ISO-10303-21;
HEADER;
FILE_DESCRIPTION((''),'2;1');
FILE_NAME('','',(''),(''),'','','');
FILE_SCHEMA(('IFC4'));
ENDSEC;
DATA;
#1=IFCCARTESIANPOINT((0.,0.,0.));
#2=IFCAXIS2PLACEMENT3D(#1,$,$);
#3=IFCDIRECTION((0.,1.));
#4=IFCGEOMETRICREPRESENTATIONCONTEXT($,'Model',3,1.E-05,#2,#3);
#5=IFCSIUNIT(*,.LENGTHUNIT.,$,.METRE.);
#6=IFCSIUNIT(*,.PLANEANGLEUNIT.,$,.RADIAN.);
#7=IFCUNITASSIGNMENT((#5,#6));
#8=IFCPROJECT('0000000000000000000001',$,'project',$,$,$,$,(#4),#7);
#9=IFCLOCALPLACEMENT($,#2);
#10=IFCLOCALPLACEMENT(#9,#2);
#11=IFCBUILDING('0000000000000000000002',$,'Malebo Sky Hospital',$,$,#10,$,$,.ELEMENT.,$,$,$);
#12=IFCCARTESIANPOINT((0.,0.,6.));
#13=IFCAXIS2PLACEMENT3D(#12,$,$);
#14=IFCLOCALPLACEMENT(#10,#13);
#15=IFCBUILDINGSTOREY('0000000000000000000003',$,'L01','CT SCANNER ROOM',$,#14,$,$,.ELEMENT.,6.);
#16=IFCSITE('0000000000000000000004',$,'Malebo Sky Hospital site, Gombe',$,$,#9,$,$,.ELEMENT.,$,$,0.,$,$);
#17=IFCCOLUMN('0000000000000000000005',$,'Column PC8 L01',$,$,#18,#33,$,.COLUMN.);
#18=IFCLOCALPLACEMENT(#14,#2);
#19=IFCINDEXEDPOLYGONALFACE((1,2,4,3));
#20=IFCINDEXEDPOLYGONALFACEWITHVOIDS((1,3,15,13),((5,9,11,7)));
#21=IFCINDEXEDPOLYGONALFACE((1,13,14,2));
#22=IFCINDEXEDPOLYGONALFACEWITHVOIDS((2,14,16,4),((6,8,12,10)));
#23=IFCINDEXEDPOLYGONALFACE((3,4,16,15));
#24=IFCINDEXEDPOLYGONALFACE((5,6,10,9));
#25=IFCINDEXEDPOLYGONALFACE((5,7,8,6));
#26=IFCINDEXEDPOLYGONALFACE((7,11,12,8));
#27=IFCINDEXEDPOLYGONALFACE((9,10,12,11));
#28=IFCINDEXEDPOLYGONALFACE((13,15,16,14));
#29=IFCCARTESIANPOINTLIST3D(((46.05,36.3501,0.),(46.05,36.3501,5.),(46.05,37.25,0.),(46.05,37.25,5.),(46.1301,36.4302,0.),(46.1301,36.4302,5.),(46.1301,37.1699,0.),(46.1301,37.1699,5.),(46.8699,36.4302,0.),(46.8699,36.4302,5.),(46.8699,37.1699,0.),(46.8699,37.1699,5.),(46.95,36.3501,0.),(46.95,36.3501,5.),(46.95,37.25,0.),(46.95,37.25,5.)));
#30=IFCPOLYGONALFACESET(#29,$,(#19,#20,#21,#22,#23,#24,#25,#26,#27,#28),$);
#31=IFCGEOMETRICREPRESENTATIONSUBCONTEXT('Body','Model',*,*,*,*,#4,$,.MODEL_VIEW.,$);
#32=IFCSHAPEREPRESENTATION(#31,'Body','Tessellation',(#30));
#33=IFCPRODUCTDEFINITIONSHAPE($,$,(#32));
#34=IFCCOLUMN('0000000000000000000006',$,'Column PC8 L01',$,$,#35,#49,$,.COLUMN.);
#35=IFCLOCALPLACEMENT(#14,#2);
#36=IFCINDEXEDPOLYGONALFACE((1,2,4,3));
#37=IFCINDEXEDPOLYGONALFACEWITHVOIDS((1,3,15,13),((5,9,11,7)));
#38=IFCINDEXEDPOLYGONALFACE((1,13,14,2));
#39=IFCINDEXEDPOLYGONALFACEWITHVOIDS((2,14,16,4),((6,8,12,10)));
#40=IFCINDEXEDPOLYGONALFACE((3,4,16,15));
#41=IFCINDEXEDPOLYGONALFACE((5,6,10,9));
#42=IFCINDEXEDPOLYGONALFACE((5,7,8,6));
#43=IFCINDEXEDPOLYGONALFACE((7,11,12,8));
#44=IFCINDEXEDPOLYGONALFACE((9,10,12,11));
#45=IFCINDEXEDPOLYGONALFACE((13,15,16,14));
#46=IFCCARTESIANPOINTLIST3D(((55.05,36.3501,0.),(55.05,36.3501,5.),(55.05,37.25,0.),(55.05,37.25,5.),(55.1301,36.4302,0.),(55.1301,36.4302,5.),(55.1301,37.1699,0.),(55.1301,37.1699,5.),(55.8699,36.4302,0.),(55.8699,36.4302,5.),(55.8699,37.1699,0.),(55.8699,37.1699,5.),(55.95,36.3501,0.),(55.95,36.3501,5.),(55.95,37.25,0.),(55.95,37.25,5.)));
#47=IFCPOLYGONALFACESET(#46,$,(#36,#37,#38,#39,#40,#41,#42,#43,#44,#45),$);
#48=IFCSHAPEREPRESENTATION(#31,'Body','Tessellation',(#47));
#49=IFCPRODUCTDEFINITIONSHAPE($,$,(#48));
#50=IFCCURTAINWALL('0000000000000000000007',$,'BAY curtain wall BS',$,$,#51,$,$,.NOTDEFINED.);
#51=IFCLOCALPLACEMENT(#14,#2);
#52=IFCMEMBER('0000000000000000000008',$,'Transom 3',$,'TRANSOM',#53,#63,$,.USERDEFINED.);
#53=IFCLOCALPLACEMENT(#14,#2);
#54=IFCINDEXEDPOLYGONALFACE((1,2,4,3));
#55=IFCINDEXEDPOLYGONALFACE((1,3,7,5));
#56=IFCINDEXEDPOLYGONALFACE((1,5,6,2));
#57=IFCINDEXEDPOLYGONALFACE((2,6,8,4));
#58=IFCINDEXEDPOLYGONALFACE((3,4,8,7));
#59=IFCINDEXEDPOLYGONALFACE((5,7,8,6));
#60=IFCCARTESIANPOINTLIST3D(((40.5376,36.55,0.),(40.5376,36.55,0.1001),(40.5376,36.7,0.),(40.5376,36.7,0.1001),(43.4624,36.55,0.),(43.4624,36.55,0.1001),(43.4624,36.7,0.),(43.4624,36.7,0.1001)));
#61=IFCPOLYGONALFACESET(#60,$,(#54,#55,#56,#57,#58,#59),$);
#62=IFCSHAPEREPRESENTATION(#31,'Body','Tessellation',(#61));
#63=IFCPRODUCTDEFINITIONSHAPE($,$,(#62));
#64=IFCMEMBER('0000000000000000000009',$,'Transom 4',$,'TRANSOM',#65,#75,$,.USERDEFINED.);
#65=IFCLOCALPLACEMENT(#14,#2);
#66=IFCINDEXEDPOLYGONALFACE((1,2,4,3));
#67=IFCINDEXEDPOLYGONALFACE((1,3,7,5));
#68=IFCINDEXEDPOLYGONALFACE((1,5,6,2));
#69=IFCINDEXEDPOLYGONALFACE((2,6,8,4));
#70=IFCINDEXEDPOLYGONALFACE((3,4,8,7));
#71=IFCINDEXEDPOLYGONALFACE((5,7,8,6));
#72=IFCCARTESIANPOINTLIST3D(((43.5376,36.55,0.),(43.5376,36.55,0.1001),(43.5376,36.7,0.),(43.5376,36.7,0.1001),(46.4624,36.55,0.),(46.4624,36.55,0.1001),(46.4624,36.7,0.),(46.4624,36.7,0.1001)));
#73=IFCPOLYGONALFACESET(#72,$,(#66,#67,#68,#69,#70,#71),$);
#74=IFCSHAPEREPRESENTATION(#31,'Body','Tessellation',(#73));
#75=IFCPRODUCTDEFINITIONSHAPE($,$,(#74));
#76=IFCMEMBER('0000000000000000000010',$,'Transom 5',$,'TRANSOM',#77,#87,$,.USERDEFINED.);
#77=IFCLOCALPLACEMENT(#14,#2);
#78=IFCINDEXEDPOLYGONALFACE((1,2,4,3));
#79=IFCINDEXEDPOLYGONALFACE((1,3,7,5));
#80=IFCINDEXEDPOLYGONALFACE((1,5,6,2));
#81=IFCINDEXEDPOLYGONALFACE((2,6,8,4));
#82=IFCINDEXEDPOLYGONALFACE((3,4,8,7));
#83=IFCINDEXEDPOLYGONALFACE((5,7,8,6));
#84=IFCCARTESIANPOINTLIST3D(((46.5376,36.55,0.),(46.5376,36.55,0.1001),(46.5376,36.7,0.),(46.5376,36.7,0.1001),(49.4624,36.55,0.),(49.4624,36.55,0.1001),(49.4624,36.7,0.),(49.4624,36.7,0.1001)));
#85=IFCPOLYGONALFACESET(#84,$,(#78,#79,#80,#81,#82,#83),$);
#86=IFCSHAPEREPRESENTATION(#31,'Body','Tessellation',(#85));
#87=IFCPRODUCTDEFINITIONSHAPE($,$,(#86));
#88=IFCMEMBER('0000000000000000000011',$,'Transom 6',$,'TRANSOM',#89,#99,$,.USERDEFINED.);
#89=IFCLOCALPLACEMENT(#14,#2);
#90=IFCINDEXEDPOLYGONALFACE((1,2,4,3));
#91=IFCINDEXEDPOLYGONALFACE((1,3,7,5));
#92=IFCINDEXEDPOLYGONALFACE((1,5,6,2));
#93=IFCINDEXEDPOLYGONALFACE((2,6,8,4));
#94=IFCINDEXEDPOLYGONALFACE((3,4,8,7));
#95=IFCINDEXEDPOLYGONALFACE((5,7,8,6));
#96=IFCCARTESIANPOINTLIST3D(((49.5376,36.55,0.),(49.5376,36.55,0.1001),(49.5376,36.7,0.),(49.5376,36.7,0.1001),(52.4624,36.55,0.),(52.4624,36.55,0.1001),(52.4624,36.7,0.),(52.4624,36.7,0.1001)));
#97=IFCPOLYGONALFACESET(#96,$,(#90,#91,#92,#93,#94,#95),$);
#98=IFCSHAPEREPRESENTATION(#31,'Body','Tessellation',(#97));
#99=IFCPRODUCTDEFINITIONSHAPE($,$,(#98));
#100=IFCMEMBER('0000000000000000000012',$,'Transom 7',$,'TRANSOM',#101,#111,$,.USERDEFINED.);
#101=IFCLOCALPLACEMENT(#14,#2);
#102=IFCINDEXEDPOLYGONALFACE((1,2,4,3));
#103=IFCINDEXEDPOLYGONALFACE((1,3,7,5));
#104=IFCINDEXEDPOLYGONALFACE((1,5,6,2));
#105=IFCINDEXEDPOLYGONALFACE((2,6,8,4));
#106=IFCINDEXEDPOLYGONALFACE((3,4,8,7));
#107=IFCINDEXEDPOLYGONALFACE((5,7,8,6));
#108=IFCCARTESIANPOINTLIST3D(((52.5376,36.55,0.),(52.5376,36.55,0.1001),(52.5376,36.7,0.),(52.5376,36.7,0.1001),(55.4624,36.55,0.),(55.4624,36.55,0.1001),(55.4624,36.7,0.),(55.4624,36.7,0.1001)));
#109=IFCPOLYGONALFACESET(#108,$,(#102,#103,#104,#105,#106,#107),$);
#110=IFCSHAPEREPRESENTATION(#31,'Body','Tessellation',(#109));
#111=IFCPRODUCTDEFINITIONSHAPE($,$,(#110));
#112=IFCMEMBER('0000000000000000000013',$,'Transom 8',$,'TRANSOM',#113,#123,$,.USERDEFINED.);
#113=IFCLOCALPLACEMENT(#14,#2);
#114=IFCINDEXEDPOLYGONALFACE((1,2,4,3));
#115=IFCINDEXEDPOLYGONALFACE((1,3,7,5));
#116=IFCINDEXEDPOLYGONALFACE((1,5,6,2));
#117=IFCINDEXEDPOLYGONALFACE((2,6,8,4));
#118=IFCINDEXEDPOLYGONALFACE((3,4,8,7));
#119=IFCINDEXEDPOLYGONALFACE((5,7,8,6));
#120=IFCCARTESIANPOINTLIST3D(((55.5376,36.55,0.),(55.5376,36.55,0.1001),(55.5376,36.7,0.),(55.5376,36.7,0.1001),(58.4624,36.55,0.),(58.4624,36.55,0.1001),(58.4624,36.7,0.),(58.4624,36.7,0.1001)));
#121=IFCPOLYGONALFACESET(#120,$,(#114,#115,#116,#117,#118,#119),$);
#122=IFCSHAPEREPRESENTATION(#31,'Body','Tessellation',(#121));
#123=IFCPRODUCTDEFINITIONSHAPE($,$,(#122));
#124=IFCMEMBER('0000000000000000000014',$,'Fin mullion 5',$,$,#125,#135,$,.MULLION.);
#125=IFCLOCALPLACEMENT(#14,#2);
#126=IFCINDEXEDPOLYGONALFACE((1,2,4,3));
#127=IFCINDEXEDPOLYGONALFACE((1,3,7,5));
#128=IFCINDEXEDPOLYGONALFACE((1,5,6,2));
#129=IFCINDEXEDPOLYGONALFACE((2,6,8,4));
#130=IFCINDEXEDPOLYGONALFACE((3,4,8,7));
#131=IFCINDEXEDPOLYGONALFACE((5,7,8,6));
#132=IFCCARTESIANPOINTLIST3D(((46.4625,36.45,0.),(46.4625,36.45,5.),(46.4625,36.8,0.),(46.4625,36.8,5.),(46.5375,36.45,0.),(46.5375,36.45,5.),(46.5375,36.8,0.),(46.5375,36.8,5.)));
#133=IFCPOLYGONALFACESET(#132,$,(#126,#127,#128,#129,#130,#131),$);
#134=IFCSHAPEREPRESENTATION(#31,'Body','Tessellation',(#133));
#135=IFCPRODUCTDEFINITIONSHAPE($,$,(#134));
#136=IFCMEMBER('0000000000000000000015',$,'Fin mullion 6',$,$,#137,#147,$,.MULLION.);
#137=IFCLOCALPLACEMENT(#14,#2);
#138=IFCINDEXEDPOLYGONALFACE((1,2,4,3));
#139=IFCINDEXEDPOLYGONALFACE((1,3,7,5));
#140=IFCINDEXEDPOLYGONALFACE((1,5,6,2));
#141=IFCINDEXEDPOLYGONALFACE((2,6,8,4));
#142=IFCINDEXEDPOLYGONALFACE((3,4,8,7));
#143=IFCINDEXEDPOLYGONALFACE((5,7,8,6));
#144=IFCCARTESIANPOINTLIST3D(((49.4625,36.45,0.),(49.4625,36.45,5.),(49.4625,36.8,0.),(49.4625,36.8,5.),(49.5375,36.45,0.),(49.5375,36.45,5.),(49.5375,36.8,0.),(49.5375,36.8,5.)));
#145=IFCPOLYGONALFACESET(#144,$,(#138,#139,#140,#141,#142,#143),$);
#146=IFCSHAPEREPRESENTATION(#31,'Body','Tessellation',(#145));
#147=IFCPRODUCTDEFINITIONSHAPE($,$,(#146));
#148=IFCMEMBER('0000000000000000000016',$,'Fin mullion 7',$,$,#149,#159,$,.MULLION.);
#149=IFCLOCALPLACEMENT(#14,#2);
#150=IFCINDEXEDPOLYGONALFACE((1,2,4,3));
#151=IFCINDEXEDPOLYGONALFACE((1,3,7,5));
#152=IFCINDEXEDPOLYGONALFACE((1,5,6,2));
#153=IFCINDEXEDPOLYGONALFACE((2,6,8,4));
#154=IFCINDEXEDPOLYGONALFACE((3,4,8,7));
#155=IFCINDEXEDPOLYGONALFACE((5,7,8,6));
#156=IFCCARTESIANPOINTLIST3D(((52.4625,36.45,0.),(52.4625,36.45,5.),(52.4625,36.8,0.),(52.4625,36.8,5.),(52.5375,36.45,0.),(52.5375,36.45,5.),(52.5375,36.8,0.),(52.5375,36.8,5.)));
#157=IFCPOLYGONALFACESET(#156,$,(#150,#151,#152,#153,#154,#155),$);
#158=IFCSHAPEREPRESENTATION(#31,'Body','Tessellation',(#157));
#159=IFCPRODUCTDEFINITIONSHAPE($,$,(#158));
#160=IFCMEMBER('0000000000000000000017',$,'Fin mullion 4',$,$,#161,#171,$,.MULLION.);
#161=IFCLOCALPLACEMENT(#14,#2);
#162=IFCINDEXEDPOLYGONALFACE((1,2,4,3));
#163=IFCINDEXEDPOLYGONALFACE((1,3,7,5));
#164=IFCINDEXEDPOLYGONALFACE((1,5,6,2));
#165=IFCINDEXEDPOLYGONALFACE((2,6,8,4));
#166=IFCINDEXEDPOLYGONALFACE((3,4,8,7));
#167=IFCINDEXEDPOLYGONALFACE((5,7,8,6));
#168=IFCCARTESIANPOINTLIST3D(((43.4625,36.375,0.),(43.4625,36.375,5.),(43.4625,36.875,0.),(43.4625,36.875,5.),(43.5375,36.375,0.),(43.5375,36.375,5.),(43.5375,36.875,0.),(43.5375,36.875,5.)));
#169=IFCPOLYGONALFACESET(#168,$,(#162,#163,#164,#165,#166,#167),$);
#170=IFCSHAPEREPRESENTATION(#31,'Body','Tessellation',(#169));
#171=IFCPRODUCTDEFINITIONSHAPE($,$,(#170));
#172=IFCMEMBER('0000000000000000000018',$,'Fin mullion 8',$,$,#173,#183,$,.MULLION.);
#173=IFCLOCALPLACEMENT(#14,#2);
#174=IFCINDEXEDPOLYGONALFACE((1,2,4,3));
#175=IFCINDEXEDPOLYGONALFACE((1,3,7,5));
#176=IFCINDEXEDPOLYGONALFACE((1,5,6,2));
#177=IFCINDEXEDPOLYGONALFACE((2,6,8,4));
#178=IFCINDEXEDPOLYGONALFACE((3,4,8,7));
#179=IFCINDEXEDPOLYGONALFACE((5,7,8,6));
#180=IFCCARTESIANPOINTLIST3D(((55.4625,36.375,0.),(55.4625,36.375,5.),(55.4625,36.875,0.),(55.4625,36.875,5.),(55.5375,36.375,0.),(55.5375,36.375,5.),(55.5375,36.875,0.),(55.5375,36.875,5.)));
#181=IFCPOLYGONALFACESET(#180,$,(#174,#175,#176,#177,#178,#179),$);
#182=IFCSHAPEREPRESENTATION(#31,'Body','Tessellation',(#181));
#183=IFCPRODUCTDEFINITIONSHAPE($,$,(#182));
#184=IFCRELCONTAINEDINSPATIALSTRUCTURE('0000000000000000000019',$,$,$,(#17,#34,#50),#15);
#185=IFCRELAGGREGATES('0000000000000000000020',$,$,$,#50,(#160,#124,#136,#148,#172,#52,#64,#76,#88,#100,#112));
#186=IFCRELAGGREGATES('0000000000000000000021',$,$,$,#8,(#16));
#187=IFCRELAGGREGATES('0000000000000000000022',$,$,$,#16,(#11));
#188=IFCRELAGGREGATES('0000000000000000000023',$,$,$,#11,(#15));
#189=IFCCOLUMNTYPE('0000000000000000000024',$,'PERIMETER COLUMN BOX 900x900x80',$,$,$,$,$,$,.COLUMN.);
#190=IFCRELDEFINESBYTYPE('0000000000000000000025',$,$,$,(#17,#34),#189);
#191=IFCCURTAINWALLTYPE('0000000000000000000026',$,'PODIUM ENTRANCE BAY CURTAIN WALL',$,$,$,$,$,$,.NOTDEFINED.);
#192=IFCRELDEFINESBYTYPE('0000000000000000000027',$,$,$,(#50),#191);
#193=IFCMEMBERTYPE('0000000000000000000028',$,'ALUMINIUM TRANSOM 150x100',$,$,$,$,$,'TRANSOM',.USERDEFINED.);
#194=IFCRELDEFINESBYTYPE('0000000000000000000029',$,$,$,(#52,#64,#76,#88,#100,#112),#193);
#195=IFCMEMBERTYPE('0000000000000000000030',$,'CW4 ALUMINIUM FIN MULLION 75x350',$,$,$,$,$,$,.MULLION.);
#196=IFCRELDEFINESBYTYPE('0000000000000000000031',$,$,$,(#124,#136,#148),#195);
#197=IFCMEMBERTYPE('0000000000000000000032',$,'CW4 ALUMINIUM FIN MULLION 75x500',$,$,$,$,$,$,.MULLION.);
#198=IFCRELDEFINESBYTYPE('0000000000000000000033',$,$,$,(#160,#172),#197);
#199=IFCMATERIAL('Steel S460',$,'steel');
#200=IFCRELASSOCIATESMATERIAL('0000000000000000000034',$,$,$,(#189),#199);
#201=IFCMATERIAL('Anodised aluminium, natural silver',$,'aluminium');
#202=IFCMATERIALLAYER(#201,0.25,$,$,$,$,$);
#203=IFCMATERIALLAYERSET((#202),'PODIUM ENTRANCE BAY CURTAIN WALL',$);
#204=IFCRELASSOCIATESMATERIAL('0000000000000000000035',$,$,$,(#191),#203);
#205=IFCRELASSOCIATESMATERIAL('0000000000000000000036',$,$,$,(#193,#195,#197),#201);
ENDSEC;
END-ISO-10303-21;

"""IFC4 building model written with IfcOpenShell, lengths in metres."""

from ifc_helpers import new_model, si_unit, direction, frame, origin, origin_2d, place, context, subcontext, project, spatial, rectangle, hollow_rectangle, extrude, material, layer, layer_set, material_profile, profile_set, type_object, element, aggregate, save


model = new_model("IFC4")

# Units and contexts
model_context = context("Model", 3, precision=1e-05, world=origin(), true_north=direction((0.0, 1.0)))
body_context = subcontext(model_context, "Body", "Model", "MODEL_VIEW")
ifc_project = project(units=[si_unit("LENGTHUNIT", "METRE"), si_unit("PLANEANGLEUNIT", "RADIAN")], contexts=[model_context])

# Site, building, storey
site_placement = place(None, origin())
site = spatial("IfcSite", under=ifc_project, at=site_placement, Name="Malebo Sky Hospital site, Gombe", CompositionType="ELEMENT", RefElevation=0.0)
building_placement = place(site_placement, origin())
building = spatial("IfcBuilding", under=site, at=building_placement, Name="Malebo Sky Hospital", CompositionType="ELEMENT")
storey_placement = place(building_placement, frame((0.0, 0.0, 6.0)))
storey = spatial("IfcBuildingStorey", under=building, at=storey_placement, Name="L01", Description="CT SCANNER ROOM", CompositionType="ELEMENT", Elevation=6.0)

# Columns
ifc_material_1 = material(Name="Steel S460", Category="steel")
ifc_material_profile_1 = material_profile(ifc_material_1, hollow_rectangle(XDim=0.8999, YDim=0.8999, WallThickness=0.0801, at=origin_2d()), Name="BOX 900x900x80")
ifc_profile_set_1 = profile_set([ifc_material_profile_1], Name="Steel S460")
column_type = type_object("IfcColumnType", Name="PERIMETER COLUMN BOX 900x900x80", PredefinedType="COLUMN", material=ifc_profile_set_1)
for number, where, z_axis, x_axis, name in (
    (1, (46.5, 36.8, 0.0), (0.0, 0.0, 1.0), (1.0, 0.0, 0.0), "Column PC8 L01"),
    (2, (55.5, 36.8, 0.0), (0.0, 0.0, 1.0), (1.0, 0.0, 0.0), "Column PC8 L01"),
):
    element("IfcColumn", number, at=place(storey_placement, frame(where, z_axis=z_axis, x_axis=x_axis)), inside=storey, type_object=column_type, Name=name, PredefinedType="COLUMN", context=body_context, shape_type="SweptSolid", body=[
        extrude(hollow_rectangle(XDim=0.8999, YDim=0.8999, WallThickness=0.0801, at=origin_2d()), origin(), (0.0, 0.0, 1.0), 5.0),
    ])

# Curtain wall, members
ifc_material_2 = material(Name="Anodised aluminium, natural silver", Category="aluminium")
ifc_layer_1 = layer(ifc_material_2, 0.25)
ifc_layer_set_1 = layer_set([ifc_layer_1], Name="PODIUM ENTRANCE BAY CURTAIN WALL")
curtain_wall_type = type_object("IfcCurtainWallType", Name="PODIUM ENTRANCE BAY CURTAIN WALL", PredefinedType="NOTDEFINED", material=ifc_layer_set_1)
curtain_wall_placement = place(storey_placement, origin())
curtain_wall = element("IfcCurtainWall", 3, at=curtain_wall_placement, inside=storey, type_object=curtain_wall_type, Name="BAY curtain wall BS", PredefinedType="NOTDEFINED")
ifc_material_profile_2 = material_profile(ifc_material_2, rectangle(XDim=0.1499, YDim=0.1001, at=origin_2d()), Name="ALUMINIUM TRANSOM 150x100")
ifc_profile_set_2 = profile_set([ifc_material_profile_2], Name="Anodised aluminium, natural silver")
member_type_1 = type_object("IfcMemberType", Name="ALUMINIUM TRANSOM 150x100", ElementType="TRANSOM", PredefinedType="USERDEFINED", material=ifc_profile_set_2)
member_1_placement = place(storey_placement, frame((40.5376, 36.625, 0.05), z_axis=(1.0, 0.0, 0.0), x_axis=(0.0, 1.0, 0.0)))
member_1 = element("IfcMember", 4, at=member_1_placement, type_object=member_type_1, Name="Transom 3", ObjectType="TRANSOM", PredefinedType="USERDEFINED", context=body_context, shape_type="SweptSolid", body=[
    extrude(rectangle(XDim=0.1499, YDim=0.1001, at=origin_2d()), origin(), (0.0, 0.0, 1.0), 2.9248),
])
member_2_placement = place(storey_placement, frame((43.5376, 36.625, 0.05), z_axis=(1.0, 0.0, 0.0), x_axis=(0.0, 1.0, 0.0)))
member_2 = element("IfcMember", 5, at=member_2_placement, type_object=member_type_1, Name="Transom 4", ObjectType="TRANSOM", PredefinedType="USERDEFINED", context=body_context, shape_type="SweptSolid", body=[
    extrude(rectangle(XDim=0.1499, YDim=0.1001, at=origin_2d()), origin(), (0.0, 0.0, 1.0), 2.9248),
])
member_3_placement = place(storey_placement, frame((46.5376, 36.625, 0.05), z_axis=(1.0, 0.0, 0.0), x_axis=(0.0, 1.0, 0.0)))
member_3 = element("IfcMember", 6, at=member_3_placement, type_object=member_type_1, Name="Transom 5", ObjectType="TRANSOM", PredefinedType="USERDEFINED", context=body_context, shape_type="SweptSolid", body=[
    extrude(rectangle(XDim=0.1499, YDim=0.1001, at=origin_2d()), origin(), (0.0, 0.0, 1.0), 2.9248),
])
member_4_placement = place(storey_placement, frame((49.5376, 36.625, 0.05), z_axis=(1.0, 0.0, 0.0), x_axis=(0.0, 1.0, 0.0)))
member_4 = element("IfcMember", 7, at=member_4_placement, type_object=member_type_1, Name="Transom 6", ObjectType="TRANSOM", PredefinedType="USERDEFINED", context=body_context, shape_type="SweptSolid", body=[
    extrude(rectangle(XDim=0.1499, YDim=0.1001, at=origin_2d()), origin(), (0.0, 0.0, 1.0), 2.9248),
])
member_5_placement = place(storey_placement, frame((52.5376, 36.625, 0.05), z_axis=(1.0, 0.0, 0.0), x_axis=(0.0, 1.0, 0.0)))
member_5 = element("IfcMember", 8, at=member_5_placement, type_object=member_type_1, Name="Transom 7", ObjectType="TRANSOM", PredefinedType="USERDEFINED", context=body_context, shape_type="SweptSolid", body=[
    extrude(rectangle(XDim=0.1499, YDim=0.1001, at=origin_2d()), origin(), (0.0, 0.0, 1.0), 2.9248),
])
member_6_placement = place(storey_placement, frame((55.5376, 36.625, 0.05), z_axis=(1.0, 0.0, 0.0), x_axis=(0.0, 1.0, 0.0)))
member_6 = element("IfcMember", 9, at=member_6_placement, type_object=member_type_1, Name="Transom 8", ObjectType="TRANSOM", PredefinedType="USERDEFINED", context=body_context, shape_type="SweptSolid", body=[
    extrude(rectangle(XDim=0.1499, YDim=0.1001, at=origin_2d()), origin(), (0.0, 0.0, 1.0), 2.9248),
])
ifc_material_profile_3 = material_profile(ifc_material_2, rectangle(XDim=0.075, YDim=0.3501, at=origin_2d()), Name="CW4 ALUMINIUM FIN MULLION 75x350")
ifc_profile_set_3 = profile_set([ifc_material_profile_3], Name="Anodised aluminium, natural silver")
member_type_2 = type_object("IfcMemberType", Name="CW4 ALUMINIUM FIN MULLION 75x350", PredefinedType="MULLION", material=ifc_profile_set_3)
member_7_placement = place(storey_placement, frame((46.5, 36.625, 0.0), z_axis=(0.0, 0.0, 1.0), x_axis=(1.0, 0.0, 0.0)))
member_7 = element("IfcMember", 10, at=member_7_placement, type_object=member_type_2, Name="Fin mullion 5", PredefinedType="MULLION", context=body_context, shape_type="SweptSolid", body=[
    extrude(rectangle(XDim=0.075, YDim=0.3501, at=origin_2d()), origin(), (0.0, 0.0, 1.0), 5.0),
])
member_8_placement = place(storey_placement, frame((49.5, 36.625, 0.0), z_axis=(0.0, 0.0, 1.0), x_axis=(1.0, 0.0, 0.0)))
member_8 = element("IfcMember", 11, at=member_8_placement, type_object=member_type_2, Name="Fin mullion 6", PredefinedType="MULLION", context=body_context, shape_type="SweptSolid", body=[
    extrude(rectangle(XDim=0.075, YDim=0.3501, at=origin_2d()), origin(), (0.0, 0.0, 1.0), 5.0),
])
member_9_placement = place(storey_placement, frame((52.5, 36.625, 0.0), z_axis=(0.0, 0.0, 1.0), x_axis=(1.0, 0.0, 0.0)))
member_9 = element("IfcMember", 12, at=member_9_placement, type_object=member_type_2, Name="Fin mullion 7", PredefinedType="MULLION", context=body_context, shape_type="SweptSolid", body=[
    extrude(rectangle(XDim=0.075, YDim=0.3501, at=origin_2d()), origin(), (0.0, 0.0, 1.0), 5.0),
])
ifc_material_profile_4 = material_profile(ifc_material_2, rectangle(XDim=0.075, YDim=0.5, at=origin_2d()), Name="CW4 ALUMINIUM FIN MULLION 75x500")
ifc_profile_set_4 = profile_set([ifc_material_profile_4], Name="Anodised aluminium, natural silver")
member_type_3 = type_object("IfcMemberType", Name="CW4 ALUMINIUM FIN MULLION 75x500", PredefinedType="MULLION", material=ifc_profile_set_4)
member_10_placement = place(storey_placement, frame((43.5, 36.625, 0.0), z_axis=(0.0, 0.0, 1.0), x_axis=(1.0, 0.0, 0.0)))
member_10 = element("IfcMember", 13, at=member_10_placement, type_object=member_type_3, Name="Fin mullion 4", PredefinedType="MULLION", context=body_context, shape_type="SweptSolid", body=[
    extrude(rectangle(XDim=0.075, YDim=0.5, at=origin_2d()), origin(), (0.0, 0.0, 1.0), 5.0),
])
member_11_placement = place(storey_placement, frame((55.5, 36.625, 0.0), z_axis=(0.0, 0.0, 1.0), x_axis=(1.0, 0.0, 0.0)))
member_11 = element("IfcMember", 14, at=member_11_placement, type_object=member_type_3, Name="Fin mullion 8", PredefinedType="MULLION", context=body_context, shape_type="SweptSolid", body=[
    extrude(rectangle(XDim=0.075, YDim=0.5, at=origin_2d()), origin(), (0.0, 0.0, 1.0), 5.0),
])

aggregate(curtain_wall, [member_10, member_7, member_8, member_9, member_11, member_1, member_2, member_3, member_4, member_5, member_6])

save(model, "model.ifc")
